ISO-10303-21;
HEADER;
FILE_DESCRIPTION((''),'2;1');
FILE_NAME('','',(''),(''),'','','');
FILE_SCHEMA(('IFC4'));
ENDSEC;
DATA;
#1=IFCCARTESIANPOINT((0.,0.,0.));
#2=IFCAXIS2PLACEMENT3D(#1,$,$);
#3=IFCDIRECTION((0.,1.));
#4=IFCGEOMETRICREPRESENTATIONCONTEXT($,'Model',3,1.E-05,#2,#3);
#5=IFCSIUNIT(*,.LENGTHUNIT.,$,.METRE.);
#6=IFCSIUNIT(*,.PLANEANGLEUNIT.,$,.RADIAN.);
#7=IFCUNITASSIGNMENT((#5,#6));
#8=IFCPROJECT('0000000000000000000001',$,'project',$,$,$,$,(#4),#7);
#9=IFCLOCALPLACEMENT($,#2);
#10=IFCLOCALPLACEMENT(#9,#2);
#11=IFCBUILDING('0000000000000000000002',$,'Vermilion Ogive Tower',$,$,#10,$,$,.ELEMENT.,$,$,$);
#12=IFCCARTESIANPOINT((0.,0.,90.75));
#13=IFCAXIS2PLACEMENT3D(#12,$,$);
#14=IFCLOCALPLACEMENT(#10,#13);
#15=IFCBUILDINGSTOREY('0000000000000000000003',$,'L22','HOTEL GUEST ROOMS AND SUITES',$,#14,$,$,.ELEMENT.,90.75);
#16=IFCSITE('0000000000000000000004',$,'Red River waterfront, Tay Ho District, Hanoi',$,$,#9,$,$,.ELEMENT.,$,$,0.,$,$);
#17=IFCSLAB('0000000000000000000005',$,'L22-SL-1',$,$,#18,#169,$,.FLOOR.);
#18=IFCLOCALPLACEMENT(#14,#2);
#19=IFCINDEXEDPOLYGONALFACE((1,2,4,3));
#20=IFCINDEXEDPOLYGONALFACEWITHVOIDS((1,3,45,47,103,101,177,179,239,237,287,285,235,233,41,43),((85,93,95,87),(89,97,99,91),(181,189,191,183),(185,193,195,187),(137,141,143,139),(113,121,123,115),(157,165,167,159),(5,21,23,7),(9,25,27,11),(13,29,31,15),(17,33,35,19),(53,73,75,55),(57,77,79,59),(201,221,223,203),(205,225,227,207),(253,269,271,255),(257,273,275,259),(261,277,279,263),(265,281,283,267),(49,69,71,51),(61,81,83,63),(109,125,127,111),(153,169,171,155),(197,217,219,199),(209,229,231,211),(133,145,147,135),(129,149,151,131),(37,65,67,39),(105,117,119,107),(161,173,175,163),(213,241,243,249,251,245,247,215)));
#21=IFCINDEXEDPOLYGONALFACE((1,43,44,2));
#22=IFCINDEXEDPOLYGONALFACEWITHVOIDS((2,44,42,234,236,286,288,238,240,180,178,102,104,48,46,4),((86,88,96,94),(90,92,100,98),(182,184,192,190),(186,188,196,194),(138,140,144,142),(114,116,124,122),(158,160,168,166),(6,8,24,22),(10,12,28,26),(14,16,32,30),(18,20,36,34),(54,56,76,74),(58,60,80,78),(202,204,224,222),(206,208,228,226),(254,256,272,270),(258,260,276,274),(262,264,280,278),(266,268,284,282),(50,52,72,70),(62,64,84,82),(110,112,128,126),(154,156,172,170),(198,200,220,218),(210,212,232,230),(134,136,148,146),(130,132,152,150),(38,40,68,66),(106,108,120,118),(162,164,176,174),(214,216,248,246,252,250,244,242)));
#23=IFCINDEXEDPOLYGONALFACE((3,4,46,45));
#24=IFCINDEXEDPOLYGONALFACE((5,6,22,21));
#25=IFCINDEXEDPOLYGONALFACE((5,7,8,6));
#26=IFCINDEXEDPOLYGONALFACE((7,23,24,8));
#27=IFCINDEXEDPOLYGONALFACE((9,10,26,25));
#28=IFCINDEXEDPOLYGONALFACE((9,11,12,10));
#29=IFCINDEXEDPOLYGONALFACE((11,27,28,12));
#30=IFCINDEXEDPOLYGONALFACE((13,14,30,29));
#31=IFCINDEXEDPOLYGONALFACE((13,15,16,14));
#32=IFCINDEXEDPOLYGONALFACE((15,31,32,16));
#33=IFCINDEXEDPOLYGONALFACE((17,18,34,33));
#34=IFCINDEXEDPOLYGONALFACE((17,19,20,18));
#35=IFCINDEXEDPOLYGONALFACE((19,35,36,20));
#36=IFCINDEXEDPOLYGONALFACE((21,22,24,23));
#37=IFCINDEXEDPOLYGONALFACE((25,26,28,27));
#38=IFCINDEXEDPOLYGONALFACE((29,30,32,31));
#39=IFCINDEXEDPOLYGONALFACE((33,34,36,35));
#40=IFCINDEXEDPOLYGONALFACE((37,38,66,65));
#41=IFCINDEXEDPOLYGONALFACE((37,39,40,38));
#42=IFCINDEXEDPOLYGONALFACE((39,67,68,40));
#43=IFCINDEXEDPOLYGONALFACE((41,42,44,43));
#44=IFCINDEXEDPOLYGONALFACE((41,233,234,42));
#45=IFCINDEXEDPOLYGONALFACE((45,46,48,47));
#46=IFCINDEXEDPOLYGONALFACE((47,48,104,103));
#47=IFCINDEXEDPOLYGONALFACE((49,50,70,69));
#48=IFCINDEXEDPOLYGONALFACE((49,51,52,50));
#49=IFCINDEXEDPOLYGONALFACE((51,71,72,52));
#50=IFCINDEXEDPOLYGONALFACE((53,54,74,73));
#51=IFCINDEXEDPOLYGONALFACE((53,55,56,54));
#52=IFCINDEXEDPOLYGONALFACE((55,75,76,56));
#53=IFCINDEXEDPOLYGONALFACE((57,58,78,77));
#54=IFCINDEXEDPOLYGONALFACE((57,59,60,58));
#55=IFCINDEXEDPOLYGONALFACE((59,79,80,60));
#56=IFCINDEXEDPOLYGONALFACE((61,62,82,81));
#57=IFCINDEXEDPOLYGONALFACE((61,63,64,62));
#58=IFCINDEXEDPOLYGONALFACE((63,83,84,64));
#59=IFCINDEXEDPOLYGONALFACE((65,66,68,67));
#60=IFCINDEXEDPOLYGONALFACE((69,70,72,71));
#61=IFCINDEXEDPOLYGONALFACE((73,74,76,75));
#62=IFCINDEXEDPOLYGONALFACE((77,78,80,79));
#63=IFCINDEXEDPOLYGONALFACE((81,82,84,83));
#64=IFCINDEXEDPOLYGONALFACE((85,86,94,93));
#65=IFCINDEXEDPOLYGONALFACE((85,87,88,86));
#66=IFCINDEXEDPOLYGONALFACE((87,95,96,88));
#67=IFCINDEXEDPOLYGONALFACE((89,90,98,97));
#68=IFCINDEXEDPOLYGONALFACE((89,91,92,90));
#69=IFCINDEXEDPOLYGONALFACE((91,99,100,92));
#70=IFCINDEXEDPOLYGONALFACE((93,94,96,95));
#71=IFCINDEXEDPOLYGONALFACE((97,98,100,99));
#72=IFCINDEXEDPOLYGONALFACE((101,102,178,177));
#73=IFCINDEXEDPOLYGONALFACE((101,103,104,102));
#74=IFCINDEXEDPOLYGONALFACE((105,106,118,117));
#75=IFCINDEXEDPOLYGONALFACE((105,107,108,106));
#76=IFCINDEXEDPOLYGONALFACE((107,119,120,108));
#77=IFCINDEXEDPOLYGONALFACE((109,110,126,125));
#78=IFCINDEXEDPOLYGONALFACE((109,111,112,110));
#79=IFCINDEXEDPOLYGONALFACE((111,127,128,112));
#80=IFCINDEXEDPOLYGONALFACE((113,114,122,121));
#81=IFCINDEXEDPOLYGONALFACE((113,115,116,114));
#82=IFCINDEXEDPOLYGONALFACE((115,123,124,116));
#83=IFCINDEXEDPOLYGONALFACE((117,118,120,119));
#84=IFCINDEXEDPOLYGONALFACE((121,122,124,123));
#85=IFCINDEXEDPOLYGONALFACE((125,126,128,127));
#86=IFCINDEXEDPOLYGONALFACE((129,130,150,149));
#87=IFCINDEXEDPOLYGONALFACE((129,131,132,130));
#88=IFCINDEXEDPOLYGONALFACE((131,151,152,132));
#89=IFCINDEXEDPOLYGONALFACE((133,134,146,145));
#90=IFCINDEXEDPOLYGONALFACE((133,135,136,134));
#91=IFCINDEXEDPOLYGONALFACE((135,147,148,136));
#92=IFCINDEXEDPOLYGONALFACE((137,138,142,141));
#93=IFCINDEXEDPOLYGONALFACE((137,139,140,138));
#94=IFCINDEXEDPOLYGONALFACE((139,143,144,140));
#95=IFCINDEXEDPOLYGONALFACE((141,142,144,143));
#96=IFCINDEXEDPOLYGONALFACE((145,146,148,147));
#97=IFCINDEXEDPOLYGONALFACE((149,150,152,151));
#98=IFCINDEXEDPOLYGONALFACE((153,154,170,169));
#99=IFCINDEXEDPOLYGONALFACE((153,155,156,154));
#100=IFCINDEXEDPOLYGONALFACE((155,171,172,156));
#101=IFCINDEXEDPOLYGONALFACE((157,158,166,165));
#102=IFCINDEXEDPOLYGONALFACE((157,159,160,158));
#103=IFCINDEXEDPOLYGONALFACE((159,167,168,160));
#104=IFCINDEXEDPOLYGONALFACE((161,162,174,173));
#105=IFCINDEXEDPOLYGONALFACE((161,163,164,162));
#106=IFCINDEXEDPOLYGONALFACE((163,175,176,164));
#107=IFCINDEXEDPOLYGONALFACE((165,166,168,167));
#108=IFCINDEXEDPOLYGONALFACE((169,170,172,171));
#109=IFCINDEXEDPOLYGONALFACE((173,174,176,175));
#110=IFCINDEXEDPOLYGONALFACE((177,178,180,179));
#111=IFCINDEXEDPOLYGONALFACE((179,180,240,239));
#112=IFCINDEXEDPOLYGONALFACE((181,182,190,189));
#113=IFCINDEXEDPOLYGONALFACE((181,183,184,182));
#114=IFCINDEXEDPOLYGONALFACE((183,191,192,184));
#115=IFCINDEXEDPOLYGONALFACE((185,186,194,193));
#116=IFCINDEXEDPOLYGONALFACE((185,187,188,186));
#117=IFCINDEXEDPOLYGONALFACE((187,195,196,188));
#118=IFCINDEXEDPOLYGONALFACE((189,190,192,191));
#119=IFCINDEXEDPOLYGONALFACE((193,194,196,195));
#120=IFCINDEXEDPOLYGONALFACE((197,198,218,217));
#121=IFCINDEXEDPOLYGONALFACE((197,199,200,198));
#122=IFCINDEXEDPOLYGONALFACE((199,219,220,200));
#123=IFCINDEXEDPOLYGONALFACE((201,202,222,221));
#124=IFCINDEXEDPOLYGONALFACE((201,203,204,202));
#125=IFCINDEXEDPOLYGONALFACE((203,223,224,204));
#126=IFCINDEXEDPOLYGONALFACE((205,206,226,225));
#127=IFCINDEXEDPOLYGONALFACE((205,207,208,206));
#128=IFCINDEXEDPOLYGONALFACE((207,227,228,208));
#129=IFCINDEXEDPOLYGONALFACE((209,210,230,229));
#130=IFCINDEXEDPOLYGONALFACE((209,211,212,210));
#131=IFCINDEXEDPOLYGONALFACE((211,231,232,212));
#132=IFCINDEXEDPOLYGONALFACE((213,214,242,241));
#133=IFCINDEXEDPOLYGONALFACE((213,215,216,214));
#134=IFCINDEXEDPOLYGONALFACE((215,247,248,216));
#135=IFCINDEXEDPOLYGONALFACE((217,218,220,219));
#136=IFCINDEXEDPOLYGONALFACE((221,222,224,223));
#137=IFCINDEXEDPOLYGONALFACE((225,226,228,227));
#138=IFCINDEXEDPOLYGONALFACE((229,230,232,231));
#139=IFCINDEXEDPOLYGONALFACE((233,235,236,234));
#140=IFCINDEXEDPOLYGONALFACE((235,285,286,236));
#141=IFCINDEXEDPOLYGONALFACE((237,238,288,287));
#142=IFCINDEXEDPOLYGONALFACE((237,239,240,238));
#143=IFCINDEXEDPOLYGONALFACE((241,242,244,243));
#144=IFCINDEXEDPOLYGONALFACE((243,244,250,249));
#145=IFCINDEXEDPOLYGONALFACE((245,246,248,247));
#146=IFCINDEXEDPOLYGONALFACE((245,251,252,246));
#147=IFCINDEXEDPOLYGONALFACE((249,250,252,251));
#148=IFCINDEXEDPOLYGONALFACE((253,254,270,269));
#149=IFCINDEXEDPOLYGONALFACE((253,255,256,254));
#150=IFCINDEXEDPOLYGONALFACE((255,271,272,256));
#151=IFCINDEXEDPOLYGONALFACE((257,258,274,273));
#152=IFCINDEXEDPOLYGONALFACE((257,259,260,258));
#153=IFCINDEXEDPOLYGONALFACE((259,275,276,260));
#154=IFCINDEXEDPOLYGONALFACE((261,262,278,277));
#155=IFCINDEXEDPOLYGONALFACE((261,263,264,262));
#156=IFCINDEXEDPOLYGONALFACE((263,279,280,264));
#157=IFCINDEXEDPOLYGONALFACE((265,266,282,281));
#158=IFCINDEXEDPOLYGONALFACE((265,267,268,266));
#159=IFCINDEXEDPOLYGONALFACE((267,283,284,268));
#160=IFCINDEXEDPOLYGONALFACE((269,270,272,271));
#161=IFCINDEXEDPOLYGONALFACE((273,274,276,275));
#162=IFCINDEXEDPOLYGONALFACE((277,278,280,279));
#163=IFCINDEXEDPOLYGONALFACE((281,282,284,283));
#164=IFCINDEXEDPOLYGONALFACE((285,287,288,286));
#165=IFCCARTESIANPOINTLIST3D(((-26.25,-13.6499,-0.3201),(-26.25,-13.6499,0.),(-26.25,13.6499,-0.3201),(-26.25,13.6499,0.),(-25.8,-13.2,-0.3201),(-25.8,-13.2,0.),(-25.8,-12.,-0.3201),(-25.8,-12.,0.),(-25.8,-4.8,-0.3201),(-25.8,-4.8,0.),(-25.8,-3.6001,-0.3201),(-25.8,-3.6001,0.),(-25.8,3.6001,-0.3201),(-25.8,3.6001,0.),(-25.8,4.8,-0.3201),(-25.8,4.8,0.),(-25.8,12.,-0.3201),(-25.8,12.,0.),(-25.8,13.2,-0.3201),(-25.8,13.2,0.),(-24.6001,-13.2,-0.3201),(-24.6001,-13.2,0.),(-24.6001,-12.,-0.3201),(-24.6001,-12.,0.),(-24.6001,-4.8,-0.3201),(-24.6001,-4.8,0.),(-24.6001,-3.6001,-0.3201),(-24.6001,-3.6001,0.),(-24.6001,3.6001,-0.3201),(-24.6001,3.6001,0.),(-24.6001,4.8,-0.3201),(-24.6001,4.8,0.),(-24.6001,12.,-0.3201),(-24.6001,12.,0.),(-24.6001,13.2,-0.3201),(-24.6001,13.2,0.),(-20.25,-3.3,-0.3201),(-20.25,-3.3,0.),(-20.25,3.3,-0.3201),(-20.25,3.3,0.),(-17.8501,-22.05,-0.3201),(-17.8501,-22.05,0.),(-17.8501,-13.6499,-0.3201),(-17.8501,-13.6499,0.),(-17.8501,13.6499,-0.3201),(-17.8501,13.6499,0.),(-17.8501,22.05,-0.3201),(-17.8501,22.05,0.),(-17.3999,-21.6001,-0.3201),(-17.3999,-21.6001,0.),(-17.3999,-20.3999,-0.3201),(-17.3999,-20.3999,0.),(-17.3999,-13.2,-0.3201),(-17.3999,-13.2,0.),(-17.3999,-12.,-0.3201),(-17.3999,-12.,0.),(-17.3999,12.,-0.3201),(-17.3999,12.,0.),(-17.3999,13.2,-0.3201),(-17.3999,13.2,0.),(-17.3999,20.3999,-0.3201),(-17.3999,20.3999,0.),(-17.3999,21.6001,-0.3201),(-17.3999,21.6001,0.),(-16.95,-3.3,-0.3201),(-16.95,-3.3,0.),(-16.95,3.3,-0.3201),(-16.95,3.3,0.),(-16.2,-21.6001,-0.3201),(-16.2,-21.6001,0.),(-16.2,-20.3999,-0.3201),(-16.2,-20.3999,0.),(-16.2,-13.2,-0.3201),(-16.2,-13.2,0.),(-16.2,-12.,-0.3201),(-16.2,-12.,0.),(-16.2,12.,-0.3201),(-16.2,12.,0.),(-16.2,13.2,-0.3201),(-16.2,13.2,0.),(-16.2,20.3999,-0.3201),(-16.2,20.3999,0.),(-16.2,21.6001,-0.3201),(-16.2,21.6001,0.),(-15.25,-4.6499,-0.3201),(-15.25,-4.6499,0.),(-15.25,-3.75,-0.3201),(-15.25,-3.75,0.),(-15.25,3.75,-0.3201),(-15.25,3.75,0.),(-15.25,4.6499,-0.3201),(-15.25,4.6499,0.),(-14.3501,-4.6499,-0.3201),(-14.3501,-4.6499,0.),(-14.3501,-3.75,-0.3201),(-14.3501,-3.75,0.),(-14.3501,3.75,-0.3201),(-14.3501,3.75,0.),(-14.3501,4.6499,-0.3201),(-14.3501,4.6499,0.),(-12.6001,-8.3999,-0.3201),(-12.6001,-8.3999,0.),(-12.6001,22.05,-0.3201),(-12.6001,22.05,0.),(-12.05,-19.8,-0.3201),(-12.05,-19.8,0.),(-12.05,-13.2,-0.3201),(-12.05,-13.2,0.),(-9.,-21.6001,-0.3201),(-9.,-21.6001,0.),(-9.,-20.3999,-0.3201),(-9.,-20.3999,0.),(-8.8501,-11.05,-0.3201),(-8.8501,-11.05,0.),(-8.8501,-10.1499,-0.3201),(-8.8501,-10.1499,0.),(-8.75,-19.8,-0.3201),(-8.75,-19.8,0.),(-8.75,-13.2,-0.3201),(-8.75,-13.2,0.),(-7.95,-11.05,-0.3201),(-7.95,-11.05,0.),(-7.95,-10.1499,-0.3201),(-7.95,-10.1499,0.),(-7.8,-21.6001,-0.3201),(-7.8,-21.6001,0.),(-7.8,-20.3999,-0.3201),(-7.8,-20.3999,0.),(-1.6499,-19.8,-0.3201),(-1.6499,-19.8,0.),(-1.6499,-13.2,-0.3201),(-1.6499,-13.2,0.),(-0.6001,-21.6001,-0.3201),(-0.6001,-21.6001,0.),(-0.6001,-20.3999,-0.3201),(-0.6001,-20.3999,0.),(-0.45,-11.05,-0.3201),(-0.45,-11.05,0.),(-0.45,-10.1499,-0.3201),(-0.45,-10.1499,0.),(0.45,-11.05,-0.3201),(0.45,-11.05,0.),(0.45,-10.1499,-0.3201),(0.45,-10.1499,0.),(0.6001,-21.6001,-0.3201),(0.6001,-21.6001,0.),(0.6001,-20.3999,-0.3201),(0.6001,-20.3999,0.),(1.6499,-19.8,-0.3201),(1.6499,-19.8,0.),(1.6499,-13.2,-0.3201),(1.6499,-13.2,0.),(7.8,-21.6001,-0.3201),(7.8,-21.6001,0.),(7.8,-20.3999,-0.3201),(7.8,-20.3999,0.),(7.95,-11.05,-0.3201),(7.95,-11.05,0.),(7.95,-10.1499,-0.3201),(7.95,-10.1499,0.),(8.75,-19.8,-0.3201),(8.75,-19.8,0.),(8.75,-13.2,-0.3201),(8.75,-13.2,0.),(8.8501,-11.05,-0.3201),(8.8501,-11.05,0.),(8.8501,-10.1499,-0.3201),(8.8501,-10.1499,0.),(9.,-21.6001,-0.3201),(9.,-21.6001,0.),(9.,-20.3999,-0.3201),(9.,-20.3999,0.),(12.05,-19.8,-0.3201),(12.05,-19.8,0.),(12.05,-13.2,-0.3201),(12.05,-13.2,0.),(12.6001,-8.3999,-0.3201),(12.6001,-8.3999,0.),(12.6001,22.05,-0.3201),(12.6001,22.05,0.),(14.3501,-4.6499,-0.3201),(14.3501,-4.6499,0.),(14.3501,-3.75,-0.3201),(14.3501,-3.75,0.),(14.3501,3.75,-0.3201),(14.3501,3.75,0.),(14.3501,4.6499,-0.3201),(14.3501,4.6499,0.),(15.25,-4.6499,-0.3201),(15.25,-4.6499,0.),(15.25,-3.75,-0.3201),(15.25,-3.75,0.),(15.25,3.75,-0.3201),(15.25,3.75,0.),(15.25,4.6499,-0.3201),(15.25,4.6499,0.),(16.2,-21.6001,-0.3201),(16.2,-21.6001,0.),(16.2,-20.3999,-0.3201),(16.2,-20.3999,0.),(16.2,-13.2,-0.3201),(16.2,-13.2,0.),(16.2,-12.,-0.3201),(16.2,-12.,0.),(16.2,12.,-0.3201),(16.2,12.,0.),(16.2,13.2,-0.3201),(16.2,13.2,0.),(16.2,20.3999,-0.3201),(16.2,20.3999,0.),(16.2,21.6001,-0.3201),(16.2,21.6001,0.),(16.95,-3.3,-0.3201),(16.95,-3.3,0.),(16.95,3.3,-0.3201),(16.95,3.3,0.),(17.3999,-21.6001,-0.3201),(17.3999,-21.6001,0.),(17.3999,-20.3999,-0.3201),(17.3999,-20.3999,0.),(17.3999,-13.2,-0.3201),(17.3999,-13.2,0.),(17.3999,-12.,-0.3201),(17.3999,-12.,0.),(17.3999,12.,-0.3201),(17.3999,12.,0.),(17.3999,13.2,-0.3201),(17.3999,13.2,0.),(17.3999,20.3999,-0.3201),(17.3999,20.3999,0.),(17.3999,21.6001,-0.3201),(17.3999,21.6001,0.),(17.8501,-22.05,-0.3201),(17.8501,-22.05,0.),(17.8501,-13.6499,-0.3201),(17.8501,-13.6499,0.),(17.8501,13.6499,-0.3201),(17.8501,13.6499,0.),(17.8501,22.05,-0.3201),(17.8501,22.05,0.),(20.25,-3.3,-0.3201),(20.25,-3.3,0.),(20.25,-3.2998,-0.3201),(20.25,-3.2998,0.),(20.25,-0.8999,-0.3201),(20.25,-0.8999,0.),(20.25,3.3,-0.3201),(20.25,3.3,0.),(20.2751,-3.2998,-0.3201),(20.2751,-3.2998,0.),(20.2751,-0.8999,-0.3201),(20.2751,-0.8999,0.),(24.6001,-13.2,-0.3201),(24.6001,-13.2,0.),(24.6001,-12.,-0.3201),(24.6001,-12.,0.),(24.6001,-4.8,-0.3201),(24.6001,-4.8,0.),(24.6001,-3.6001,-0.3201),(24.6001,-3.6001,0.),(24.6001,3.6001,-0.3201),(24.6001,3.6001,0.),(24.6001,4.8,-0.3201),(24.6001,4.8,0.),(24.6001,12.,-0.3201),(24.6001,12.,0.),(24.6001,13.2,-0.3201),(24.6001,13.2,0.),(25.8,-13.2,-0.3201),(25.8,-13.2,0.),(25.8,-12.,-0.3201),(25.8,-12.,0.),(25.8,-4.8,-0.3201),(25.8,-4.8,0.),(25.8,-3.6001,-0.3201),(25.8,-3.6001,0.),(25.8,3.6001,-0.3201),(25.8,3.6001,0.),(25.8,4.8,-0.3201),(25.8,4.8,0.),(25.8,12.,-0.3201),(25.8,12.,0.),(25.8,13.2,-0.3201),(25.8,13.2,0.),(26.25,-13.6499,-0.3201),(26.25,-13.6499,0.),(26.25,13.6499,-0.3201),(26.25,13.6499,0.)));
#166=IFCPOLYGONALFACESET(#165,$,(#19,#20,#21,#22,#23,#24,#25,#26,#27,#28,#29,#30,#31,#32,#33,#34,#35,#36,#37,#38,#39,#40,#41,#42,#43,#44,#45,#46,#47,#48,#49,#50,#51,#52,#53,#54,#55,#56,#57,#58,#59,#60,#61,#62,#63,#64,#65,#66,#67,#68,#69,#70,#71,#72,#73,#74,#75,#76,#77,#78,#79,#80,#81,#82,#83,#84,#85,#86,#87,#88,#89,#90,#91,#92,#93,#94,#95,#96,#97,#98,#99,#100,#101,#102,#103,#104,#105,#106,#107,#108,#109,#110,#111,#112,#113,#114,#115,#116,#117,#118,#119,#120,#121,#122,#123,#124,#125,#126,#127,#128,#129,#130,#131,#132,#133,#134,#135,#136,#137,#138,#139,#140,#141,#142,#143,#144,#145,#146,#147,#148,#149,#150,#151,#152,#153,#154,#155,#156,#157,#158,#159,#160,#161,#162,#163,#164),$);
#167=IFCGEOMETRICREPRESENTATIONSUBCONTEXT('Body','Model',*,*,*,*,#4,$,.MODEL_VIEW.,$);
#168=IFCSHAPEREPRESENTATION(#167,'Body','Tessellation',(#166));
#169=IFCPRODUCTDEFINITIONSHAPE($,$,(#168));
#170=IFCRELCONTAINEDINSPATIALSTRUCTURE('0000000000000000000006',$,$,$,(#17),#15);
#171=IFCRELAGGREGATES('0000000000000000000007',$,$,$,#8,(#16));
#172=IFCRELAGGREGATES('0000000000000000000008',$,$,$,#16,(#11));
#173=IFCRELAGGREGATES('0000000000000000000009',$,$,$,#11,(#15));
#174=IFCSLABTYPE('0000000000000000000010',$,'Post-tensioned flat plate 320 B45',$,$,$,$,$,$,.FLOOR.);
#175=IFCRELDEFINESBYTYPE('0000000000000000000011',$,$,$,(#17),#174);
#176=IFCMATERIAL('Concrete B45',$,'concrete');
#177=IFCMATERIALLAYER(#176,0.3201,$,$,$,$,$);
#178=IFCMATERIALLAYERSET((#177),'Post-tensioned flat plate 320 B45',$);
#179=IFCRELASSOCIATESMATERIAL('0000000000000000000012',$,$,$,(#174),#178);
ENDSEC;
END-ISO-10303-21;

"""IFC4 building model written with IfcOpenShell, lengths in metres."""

from ifc_helpers import new_model, si_unit, direction, frame, origin, place, context, subcontext, project, spatial, polyline, outline, extrude, material, layer, layer_set, type_object, element, save


model = new_model("IFC4")

# Units and contexts
model_context = context("Model", 3, precision=1e-05, world=origin(), true_north=direction((0.0, 1.0)))
body_context = subcontext(model_context, "Body", "Model", "MODEL_VIEW")
ifc_project = project(units=[si_unit("LENGTHUNIT", "METRE"), si_unit("PLANEANGLEUNIT", "RADIAN")], contexts=[model_context])

# Site, building, storey
site_placement = place(None, origin())
site = spatial("IfcSite", under=ifc_project, at=site_placement, Name="Red River waterfront, Tay Ho District, Hanoi", CompositionType="ELEMENT", RefElevation=0.0)
building_placement = place(site_placement, origin())
building = spatial("IfcBuilding", under=site, at=building_placement, Name="Vermilion Ogive Tower", CompositionType="ELEMENT")
storey_placement = place(building_placement, frame((0.0, 0.0, 90.75)))
storey = spatial("IfcBuildingStorey", under=building, at=storey_placement, Name="L22", Description="HOTEL GUEST ROOMS AND SUITES", CompositionType="ELEMENT", Elevation=90.75)

# Slab
ifc_material_1 = material(Name="Concrete B45", Category="concrete")
ifc_layer_1 = layer(ifc_material_1, 0.3201)
ifc_layer_set_1 = layer_set([ifc_layer_1], Name="Post-tensioned flat plate 320 B45")
slab_type_1 = type_object("IfcSlabType", Name="Post-tensioned flat plate 320 B45", PredefinedType="FLOOR", material=ifc_layer_set_1)
slab_1_placement = place(storey_placement, frame((0.0, 0.0, -0.3201)))
element("IfcSlab", 1, at=slab_1_placement, inside=storey, type_object=slab_type_1, Name="L22-SL-1", PredefinedType="FLOOR", context=body_context, shape_type="SweptSolid", body=[
    extrude(outline(polyline([(-26.25, -13.6499), (-17.8501, -13.6499), (-17.8501, -22.05), (17.8501, -22.05), (17.8501, -13.6499), (26.25, -13.6499), (26.25, 13.6499), (17.8501, 13.6499), (17.8501, 22.05), (12.6001, 22.05), (12.6001, -8.3999), (-12.6001, -8.3999), (-12.6001, 22.05), (-17.8501, 22.05), (-17.8501, 13.6499), (-26.25, 13.6499), (-26.25, -13.6499)]), holes=[polyline([(25.8, -3.6001), (25.8, -4.8), (24.6001, -4.8), (24.6001, -3.6001), (25.8, -3.6001)]), polyline([(25.8, -12.0), (25.8, -13.2), (24.6001, -13.2), (24.6001, -12.0), (25.8, -12.0)]), polyline([(25.8, 12.0), (24.6001, 12.0), (24.6001, 13.2), (25.8, 13.2), (25.8, 12.0)]), polyline([(25.8, 3.6001), (24.6001, 3.6001), (24.6001, 4.8), (25.8, 4.8), (25.8, 3.6001)]), polyline([(20.25, -3.2998), (20.25, -3.3), (16.95, -3.3), (16.95, 3.3), (20.25, 3.3), (20.25, -0.8999), (20.2751, -0.8999), (20.2751, -3.2998), (20.25, -3.2998)]), polyline([(17.3999, -12.0), (17.3999, -13.2), (16.2, -13.2), (16.2, -12.0), (17.3999, -12.0)]), polyline([(17.3999, 20.3999), (16.2, 20.3999), (16.2, 21.6001), (17.3999, 21.6001), (17.3999, 20.3999)]), polyline([(17.3999, -20.3999), (17.3999, -21.6001), (16.2, -21.6001), (16.2, -20.3999), (17.3999, -20.3999)]), polyline([(17.3999, 13.2), (17.3999, 12.0), (16.2, 12.0), (16.2, 13.2), (17.3999, 13.2)]), polyline([(15.25, 4.6499), (15.25, 3.75), (14.3501, 3.75), (14.3501, 4.6499), (15.25, 4.6499)]), polyline([(15.25, -4.6499), (14.3501, -4.6499), (14.3501, -3.75), (15.25, -3.75), (15.25, -4.6499)]), polyline([(12.05, -13.2), (12.05, -19.8), (8.75, -19.8), (8.75, -13.2), (12.05, -13.2)]), polyline([(9.0, -20.3999), (9.0, -21.6001), (7.8, -21.6001), (7.8, -20.3999), (9.0, -20.3999)]), polyline([(8.8501, -11.05), (7.95, -11.05), (7.95, -10.1499), (8.8501, -10.1499), (8.8501, -11.05)]), polyline([(1.6499, -13.2), (1.6499, -19.8), (-1.6499, -19.8), (-1.6499, -13.2), (1.6499, -13.2)]), polyline([(0.6001, -20.3999), (0.6001, -21.6001), (-0.6001, -21.6001), (-0.6001, -20.3999), (0.6001, -20.3999)]), polyline([(0.45, -10.1499), (0.45, -11.05), (-0.45, -11.05), (-0.45, -10.1499), (0.45, -10.1499)]), polyline([(-7.8, -20.3999), (-7.8, -21.6001), (-9.0, -21.6001), (-9.0, -20.3999), (-7.8, -20.3999)]), polyline([(-7.95, -10.1499), (-7.95, -11.05), (-8.8501, -11.05), (-8.8501, -10.1499), (-7.95, -10.1499)]), polyline([(-8.75, -13.2), (-8.75, -19.8), (-12.05, -19.8), (-12.05, -13.2), (-8.75, -13.2)]), polyline([(-14.3501, 4.6499), (-14.3501, 3.75), (-15.25, 3.75), (-15.25, 4.6499), (-14.3501, 4.6499)]), polyline([(-14.3501, -4.6499), (-15.25, -4.6499), (-15.25, -3.75), (-14.3501, -3.75), (-14.3501, -4.6499)]), polyline([(-16.2, 13.2), (-16.2, 12.0), (-17.3999, 12.0), (-17.3999, 13.2), (-16.2, 13.2)]), polyline([(-16.2, -12.0), (-16.2, -13.2), (-17.3999, -13.2), (-17.3999, -12.0), (-16.2, -12.0)]), polyline([(-16.2, -20.3999), (-16.2, -21.6001), (-17.3999, -21.6001), (-17.3999, -20.3999), (-16.2, -20.3999)]), polyline([(-16.2, 20.3999), (-17.3999, 20.3999), (-17.3999, 21.6001), (-16.2, 21.6001), (-16.2, 20.3999)]), polyline([(-16.95, 3.3), (-16.95, -3.3), (-20.25, -3.3), (-20.25, 3.3), (-16.95, 3.3)]), polyline([(-24.6001, 3.6001), (-25.8, 3.6001), (-25.8, 4.8), (-24.6001, 4.8), (-24.6001, 3.6001)]), polyline([(-24.6001, 13.2), (-24.6001, 12.0), (-25.8, 12.0), (-25.8, 13.2), (-24.6001, 13.2)]), polyline([(-24.6001, -3.6001), (-24.6001, -4.8), (-25.8, -4.8), (-25.8, -3.6001), (-24.6001, -3.6001)]), polyline([(-24.6001, -12.0), (-24.6001, -13.2), (-25.8, -13.2), (-25.8, -12.0), (-24.6001, -12.0)])]), origin(), (0.0, 0.0, 1.0), 0.3201),
])

save(model, "model.ifc")
